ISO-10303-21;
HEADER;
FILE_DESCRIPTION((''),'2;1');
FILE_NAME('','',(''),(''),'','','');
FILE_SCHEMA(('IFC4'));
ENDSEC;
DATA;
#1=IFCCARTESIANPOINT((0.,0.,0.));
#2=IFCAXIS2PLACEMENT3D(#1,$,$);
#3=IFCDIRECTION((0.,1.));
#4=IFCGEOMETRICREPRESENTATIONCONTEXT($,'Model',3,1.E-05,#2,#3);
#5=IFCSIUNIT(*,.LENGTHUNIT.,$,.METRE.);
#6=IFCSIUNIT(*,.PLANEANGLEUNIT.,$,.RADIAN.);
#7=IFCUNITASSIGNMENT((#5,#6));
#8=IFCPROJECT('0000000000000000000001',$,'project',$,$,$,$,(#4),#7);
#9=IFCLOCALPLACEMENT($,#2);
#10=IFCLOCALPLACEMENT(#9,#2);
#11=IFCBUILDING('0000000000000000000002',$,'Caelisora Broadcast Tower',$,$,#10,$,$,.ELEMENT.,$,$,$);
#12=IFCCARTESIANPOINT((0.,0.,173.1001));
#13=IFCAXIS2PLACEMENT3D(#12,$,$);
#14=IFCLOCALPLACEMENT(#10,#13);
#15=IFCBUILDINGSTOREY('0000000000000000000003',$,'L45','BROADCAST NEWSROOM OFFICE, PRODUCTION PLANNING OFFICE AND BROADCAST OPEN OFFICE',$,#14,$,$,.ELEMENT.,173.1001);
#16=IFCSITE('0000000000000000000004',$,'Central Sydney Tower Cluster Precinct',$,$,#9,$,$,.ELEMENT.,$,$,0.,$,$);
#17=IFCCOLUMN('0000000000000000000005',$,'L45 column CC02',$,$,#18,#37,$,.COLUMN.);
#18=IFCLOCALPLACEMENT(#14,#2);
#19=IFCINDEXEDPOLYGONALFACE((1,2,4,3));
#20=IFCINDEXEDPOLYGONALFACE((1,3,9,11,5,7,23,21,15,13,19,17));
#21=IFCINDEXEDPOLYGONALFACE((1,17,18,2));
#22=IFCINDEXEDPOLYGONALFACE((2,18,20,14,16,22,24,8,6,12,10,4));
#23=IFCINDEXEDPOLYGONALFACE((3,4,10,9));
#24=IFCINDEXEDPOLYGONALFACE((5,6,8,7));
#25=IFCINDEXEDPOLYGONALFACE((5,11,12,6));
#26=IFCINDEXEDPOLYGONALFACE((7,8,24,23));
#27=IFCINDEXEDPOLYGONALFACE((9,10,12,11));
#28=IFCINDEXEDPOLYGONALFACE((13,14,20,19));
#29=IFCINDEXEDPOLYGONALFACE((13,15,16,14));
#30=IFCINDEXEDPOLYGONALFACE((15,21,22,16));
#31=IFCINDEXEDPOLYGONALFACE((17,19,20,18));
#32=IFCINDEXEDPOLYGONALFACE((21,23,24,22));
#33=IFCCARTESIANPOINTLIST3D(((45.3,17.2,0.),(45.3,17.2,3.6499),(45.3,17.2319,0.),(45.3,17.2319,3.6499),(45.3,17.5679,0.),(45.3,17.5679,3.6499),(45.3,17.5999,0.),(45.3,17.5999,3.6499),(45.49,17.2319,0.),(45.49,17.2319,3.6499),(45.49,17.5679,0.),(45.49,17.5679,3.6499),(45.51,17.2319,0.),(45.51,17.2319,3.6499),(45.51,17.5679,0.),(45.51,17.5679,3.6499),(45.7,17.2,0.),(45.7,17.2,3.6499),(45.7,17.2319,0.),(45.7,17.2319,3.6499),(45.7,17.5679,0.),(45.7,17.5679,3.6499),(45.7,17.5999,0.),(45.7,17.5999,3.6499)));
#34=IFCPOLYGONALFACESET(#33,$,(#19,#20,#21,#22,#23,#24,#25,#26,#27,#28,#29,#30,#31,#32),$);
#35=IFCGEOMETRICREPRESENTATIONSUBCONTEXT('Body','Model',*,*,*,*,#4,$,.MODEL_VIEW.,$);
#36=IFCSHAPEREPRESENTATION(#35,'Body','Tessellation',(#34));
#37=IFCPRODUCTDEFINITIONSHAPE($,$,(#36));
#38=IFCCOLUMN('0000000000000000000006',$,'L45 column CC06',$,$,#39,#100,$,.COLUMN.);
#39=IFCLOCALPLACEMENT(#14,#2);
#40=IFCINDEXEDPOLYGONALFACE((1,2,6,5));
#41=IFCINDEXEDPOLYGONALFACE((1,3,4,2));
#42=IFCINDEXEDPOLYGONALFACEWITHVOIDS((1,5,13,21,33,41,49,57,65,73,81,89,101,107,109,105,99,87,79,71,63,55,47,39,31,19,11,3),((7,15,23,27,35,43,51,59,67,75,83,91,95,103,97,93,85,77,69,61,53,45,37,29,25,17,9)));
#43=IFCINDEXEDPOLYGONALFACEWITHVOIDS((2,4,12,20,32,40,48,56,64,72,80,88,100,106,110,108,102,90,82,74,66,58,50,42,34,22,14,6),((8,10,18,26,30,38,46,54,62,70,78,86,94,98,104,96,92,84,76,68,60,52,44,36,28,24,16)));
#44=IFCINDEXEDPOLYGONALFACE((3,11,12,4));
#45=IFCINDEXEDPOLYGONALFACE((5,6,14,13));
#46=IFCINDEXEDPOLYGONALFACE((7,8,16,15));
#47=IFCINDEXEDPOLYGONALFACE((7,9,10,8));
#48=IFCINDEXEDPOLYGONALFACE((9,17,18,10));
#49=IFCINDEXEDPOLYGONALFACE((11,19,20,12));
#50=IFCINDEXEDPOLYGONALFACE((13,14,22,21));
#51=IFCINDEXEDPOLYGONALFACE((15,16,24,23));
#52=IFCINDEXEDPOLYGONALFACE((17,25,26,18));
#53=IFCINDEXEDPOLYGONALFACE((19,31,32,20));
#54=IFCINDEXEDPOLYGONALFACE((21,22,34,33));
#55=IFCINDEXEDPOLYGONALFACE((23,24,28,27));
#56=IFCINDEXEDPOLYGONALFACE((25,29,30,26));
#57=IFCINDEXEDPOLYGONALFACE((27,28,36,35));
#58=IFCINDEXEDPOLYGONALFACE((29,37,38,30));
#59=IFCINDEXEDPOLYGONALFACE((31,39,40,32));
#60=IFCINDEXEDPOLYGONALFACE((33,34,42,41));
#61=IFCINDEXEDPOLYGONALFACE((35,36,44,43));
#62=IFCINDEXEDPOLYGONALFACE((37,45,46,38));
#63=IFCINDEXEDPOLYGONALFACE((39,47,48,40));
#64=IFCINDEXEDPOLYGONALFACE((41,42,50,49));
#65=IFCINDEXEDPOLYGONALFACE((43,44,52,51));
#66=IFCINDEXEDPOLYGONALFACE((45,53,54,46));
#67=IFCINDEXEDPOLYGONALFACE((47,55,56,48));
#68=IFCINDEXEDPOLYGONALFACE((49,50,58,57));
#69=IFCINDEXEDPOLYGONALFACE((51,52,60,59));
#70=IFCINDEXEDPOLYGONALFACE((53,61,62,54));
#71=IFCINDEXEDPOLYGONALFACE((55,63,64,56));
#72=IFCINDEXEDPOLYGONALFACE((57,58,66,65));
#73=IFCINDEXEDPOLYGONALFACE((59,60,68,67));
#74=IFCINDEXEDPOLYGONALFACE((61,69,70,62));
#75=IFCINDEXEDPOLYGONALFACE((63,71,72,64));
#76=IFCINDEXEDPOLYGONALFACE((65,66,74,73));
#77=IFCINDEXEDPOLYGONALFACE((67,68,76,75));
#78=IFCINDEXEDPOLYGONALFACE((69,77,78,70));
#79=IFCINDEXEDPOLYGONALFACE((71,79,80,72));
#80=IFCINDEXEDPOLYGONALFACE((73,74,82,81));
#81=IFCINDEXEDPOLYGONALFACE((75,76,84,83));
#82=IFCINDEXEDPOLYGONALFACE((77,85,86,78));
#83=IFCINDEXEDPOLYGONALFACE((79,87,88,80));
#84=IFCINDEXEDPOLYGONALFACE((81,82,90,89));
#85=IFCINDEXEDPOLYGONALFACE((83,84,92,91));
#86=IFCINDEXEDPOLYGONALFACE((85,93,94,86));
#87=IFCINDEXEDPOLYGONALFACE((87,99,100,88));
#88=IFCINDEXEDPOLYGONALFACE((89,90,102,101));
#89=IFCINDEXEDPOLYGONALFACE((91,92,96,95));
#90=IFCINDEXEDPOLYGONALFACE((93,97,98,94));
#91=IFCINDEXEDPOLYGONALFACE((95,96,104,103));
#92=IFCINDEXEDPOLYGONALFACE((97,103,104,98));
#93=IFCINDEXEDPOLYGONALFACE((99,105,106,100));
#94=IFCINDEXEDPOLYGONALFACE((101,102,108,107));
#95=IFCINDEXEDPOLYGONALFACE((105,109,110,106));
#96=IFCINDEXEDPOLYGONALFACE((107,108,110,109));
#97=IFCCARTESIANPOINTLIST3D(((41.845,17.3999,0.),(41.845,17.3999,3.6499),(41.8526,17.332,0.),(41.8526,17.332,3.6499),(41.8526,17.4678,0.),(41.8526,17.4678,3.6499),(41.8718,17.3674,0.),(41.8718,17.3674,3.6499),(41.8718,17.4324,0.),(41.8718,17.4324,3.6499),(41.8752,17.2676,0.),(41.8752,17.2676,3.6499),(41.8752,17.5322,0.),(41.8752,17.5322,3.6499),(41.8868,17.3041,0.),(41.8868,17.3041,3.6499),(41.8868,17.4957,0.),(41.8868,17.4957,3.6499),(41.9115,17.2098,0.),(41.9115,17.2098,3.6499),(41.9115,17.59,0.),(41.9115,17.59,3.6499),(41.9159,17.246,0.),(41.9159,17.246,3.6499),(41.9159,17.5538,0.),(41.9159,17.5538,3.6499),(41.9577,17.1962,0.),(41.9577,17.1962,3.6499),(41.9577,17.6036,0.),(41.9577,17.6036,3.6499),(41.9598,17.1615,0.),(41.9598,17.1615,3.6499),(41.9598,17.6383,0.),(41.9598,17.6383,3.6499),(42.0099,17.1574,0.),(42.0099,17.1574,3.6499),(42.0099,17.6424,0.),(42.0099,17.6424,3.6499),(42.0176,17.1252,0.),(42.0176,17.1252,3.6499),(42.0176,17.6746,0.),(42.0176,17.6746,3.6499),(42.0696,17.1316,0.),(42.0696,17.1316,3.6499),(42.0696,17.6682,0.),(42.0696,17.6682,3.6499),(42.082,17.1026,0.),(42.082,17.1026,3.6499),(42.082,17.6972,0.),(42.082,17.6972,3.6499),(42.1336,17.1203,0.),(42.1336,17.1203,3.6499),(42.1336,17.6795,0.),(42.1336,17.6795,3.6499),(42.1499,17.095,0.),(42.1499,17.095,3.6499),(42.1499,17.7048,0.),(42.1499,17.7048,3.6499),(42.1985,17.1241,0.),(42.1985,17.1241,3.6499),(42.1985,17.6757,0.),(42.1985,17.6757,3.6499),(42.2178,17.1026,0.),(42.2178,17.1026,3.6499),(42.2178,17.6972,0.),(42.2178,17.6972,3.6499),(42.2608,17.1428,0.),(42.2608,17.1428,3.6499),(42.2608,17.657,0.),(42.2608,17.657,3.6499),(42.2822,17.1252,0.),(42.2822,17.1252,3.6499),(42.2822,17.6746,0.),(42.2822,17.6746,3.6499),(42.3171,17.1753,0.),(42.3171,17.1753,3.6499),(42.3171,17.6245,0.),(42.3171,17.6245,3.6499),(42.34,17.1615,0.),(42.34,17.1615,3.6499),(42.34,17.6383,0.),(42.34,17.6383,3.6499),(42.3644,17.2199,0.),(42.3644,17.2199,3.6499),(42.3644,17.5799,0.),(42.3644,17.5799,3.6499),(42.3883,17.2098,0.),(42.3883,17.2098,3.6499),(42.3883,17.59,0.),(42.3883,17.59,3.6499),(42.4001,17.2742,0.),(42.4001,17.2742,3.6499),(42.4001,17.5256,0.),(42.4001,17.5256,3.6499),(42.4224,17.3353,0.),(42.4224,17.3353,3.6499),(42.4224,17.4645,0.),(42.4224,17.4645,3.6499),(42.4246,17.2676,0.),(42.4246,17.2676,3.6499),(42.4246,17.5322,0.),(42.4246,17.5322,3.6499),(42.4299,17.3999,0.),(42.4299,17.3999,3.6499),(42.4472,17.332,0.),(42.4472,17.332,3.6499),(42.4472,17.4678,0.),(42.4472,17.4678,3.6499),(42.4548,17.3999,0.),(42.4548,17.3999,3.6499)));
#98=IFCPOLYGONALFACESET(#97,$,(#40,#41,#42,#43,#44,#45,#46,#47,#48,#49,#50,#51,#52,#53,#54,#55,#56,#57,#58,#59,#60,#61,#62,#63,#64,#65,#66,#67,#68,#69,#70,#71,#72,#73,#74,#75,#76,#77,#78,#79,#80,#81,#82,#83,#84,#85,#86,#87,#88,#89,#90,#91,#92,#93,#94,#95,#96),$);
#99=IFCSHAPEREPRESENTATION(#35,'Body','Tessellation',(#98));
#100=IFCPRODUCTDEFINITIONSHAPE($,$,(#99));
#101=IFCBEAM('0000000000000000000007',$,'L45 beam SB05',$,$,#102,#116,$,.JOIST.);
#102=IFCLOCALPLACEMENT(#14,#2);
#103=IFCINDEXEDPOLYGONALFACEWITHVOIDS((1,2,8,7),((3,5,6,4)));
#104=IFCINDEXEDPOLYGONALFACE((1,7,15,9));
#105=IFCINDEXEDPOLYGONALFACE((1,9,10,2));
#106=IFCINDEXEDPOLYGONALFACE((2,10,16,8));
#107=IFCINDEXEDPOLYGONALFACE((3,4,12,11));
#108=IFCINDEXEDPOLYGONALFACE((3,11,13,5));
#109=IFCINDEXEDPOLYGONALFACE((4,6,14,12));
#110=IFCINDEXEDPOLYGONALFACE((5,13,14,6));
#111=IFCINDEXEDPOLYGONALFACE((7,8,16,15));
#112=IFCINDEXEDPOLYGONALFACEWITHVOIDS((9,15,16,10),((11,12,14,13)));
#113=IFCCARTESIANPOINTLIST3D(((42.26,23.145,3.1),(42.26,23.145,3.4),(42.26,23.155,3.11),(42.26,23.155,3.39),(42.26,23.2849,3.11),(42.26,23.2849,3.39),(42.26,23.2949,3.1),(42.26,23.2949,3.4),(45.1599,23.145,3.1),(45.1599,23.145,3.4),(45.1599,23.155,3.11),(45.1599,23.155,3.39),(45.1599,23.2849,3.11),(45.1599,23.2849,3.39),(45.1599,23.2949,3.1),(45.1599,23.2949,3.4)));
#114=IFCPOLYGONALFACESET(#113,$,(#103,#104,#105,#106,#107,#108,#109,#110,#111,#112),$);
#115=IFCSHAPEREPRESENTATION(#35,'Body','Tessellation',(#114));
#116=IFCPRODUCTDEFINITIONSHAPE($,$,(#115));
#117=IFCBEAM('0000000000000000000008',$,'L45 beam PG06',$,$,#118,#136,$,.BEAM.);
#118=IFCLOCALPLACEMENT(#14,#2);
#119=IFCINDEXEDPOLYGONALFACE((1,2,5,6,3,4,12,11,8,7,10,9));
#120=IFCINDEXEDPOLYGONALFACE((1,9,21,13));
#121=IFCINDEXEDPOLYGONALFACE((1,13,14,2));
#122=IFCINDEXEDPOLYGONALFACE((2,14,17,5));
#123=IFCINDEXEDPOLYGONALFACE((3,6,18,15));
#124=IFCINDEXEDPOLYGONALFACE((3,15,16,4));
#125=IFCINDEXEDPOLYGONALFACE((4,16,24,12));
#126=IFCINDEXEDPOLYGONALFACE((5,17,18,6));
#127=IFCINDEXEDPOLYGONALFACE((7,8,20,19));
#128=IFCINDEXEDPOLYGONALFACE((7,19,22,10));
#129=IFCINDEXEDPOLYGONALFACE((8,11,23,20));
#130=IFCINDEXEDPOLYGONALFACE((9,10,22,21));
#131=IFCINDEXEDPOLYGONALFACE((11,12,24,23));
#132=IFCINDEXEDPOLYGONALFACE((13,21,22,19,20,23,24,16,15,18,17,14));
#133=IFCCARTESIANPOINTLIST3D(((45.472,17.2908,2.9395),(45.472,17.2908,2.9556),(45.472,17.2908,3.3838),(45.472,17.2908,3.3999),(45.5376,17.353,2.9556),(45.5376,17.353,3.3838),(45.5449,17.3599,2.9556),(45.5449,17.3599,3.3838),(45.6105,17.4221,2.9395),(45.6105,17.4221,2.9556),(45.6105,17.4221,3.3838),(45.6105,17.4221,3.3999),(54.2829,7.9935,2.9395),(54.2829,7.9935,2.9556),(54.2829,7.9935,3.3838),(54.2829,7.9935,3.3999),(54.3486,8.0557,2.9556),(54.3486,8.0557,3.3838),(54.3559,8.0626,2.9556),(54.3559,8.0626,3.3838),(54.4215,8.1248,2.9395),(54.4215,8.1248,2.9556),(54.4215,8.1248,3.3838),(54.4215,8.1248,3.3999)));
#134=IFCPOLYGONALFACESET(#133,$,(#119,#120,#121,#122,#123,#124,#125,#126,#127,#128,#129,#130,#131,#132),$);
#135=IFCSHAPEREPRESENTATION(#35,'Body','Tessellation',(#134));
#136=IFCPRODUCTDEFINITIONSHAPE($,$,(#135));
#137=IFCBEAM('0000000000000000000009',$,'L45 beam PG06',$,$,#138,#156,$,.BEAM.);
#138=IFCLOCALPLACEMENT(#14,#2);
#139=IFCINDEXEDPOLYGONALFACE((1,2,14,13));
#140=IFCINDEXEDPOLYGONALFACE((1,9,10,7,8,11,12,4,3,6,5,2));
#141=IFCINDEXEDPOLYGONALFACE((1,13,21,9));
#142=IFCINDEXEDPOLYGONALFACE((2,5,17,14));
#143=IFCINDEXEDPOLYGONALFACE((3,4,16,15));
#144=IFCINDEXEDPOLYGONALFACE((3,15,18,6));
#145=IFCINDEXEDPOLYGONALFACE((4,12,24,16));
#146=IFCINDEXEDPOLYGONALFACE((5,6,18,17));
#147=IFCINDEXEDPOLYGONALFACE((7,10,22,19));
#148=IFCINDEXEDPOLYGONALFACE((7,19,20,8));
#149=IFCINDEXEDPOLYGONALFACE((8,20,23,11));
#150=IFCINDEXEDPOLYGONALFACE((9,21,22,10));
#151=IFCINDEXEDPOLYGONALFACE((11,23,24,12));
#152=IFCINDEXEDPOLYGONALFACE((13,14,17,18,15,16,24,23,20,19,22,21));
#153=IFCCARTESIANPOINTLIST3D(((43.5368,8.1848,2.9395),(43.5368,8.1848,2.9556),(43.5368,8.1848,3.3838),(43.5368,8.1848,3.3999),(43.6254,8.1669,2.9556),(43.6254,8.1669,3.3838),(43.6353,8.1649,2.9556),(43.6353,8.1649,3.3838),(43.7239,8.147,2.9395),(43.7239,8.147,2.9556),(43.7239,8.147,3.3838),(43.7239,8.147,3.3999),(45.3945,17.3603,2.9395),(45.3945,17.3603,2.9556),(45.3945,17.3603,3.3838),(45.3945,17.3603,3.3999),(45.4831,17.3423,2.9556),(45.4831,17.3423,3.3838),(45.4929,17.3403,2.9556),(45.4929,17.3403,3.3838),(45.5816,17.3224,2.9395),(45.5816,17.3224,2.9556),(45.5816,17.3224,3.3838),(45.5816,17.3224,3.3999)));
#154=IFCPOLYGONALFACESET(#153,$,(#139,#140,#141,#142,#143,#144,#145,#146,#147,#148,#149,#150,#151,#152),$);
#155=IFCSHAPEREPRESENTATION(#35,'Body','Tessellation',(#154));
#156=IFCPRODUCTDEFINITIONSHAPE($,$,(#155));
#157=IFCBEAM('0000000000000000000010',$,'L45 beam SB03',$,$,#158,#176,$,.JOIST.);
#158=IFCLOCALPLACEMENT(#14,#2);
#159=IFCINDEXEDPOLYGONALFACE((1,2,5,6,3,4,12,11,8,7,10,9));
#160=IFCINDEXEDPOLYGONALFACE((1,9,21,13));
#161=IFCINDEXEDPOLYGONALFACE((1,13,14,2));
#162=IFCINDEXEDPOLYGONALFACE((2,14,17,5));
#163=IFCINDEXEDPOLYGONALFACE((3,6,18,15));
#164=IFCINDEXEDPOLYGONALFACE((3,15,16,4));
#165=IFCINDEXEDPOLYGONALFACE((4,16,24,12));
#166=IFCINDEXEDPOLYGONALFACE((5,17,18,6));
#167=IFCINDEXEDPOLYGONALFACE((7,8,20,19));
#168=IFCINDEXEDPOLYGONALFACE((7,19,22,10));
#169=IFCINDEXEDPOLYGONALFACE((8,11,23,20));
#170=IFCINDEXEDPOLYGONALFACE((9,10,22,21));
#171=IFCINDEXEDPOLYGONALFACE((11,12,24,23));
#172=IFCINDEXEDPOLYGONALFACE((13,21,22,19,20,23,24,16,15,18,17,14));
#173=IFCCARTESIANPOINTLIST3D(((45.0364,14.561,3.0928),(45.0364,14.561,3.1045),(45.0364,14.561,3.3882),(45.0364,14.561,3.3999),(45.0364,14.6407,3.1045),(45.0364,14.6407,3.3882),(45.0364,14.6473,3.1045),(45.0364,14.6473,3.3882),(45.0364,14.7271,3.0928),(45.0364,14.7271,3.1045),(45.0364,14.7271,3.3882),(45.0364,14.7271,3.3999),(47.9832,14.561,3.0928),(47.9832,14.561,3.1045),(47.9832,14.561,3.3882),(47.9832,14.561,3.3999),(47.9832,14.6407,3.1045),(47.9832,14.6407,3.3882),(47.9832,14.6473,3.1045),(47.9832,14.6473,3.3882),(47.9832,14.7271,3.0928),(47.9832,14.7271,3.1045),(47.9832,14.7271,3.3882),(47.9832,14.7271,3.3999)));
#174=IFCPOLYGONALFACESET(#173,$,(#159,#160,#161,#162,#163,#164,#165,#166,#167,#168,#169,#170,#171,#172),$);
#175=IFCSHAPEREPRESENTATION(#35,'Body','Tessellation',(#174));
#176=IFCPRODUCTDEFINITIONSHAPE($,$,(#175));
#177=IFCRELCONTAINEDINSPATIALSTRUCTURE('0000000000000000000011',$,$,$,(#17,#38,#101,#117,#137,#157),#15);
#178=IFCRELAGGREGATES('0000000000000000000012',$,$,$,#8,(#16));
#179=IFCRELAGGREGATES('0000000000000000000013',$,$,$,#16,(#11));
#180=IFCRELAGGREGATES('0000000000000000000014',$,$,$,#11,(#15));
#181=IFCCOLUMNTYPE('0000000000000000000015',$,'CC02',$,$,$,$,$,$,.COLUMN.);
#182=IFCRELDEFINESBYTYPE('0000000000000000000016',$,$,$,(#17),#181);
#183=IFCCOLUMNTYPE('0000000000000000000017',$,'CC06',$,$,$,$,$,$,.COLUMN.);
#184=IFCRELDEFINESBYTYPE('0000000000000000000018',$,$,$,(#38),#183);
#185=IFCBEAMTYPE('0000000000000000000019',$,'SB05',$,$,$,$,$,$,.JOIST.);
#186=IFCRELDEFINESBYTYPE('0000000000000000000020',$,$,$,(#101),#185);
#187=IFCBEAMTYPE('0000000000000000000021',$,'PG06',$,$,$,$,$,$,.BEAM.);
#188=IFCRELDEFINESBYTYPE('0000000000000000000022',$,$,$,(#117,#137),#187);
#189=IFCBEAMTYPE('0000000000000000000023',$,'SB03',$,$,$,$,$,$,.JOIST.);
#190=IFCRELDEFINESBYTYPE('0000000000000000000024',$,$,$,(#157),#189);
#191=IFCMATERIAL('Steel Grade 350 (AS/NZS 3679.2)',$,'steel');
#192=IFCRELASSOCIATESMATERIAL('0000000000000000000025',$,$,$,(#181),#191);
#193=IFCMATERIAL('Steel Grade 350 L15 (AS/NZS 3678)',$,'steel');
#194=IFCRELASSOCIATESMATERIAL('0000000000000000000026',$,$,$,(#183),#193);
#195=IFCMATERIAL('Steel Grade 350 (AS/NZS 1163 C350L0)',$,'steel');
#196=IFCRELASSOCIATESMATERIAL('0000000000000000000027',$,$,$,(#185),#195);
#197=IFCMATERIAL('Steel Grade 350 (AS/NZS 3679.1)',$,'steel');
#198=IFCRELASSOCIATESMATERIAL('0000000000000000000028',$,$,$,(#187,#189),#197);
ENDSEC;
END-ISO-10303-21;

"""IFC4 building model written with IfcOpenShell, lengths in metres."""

from ifc_helpers import new_model, si_unit, direction, frame, origin, origin_2d, place, context, subcontext, project, spatial, hollow_rectangle, hollow_circle, i_section, extrude, source, transform, mapped, material, material_profile, profile_set, type_object, type_shapes, element, save


model = new_model("IFC4")

# Units and contexts
model_context = context("Model", 3, precision=1e-05, world=origin(), true_north=direction((0.0, 1.0)))
body_context = subcontext(model_context, "Body", "Model", "MODEL_VIEW")
ifc_project = project(units=[si_unit("LENGTHUNIT", "METRE"), si_unit("PLANEANGLEUNIT", "RADIAN")], contexts=[model_context])

# Site, building, storey
site_placement = place(None, origin())
site = spatial("IfcSite", under=ifc_project, at=site_placement, Name="Central Sydney Tower Cluster Precinct", CompositionType="ELEMENT", RefElevation=0.0)
building_placement = place(site_placement, origin())
building = spatial("IfcBuilding", under=site, at=building_placement, Name="Caelisora Broadcast Tower", CompositionType="ELEMENT")
storey_placement = place(building_placement, frame((0.0, 0.0, 173.1001)))
storey = spatial("IfcBuildingStorey", under=building, at=storey_placement, Name="L45", Description="BROADCAST NEWSROOM OFFICE, PRODUCTION PLANNING OFFICE AND BROADCAST OPEN OFFICE", CompositionType="ELEMENT", Elevation=173.1001)

# Columns
ifc_material_1 = material(Name="Steel Grade 350 (AS/NZS 3679.2)", Category="steel")
ifc_material_profile_1 = material_profile(ifc_material_1, i_section(OverallWidth=0.3999, OverallDepth=0.3999, WebThickness=0.02, FlangeThickness=0.032, at=origin_2d()), Name="Steel Grade 350 (AS/NZS 3679.2)")
ifc_profile_set_1 = profile_set([ifc_material_profile_1], Name="Steel Grade 350 (AS/NZS 3679.2)")
column_type_1 = type_object("IfcColumnType", Name="CC02", PredefinedType="COLUMN", material=ifc_profile_set_1)
shared_shape_1 = source(origin(), body_context, "Body", "SweptSolid", [
    extrude(i_section(OverallWidth=0.3999, OverallDepth=0.3999, WebThickness=0.02, FlangeThickness=0.032, at=origin_2d()), origin(), (0.0, 0.0, 1.0), 3.6499),
])
type_shapes(column_type_1, [shared_shape_1])
column_1_placement = place(storey_placement, frame((45.5, 17.3999, 0.0), z_axis=(0.0, 0.0, 1.0), x_axis=(1.0, 0.0, 0.0)))
element("IfcColumn", 1, at=column_1_placement, inside=storey, type_object=column_type_1, Name="L45 column CC02", PredefinedType="COLUMN", context=body_context, shape_type="MappedRepresentation", body=[
    mapped(shared_shape_1, transform((0.0, 0.0, 0.0), scale=1.0)),
])
ifc_material_2 = material(Name="Steel Grade 350 L15 (AS/NZS 3678)", Category="steel")
ifc_material_profile_2 = material_profile(ifc_material_2, hollow_circle(Radius=0.3049, WallThickness=0.0249, at=origin_2d()), Name="Steel Grade 350 L15 (AS/NZS 3678)")
ifc_profile_set_2 = profile_set([ifc_material_profile_2], Name="Steel Grade 350 L15 (AS/NZS 3678)")
column_type_2 = type_object("IfcColumnType", Name="CC06", PredefinedType="COLUMN", material=ifc_profile_set_2)
shared_shape_2 = source(origin(), body_context, "Body", "SweptSolid", [
    extrude(hollow_circle(Radius=0.3049, WallThickness=0.0249, at=origin_2d()), origin(), (0.0, 0.0, 1.0), 3.6499),
])
type_shapes(column_type_2, [shared_shape_2])
column_2_placement = place(storey_placement, frame((42.1499, 17.3999, 0.0), z_axis=(0.0, 0.0, 1.0), x_axis=(1.0, 0.0, 0.0)))
element("IfcColumn", 2, at=column_2_placement, inside=storey, type_object=column_type_2, Name="L45 column CC06", PredefinedType="COLUMN", context=body_context, shape_type="MappedRepresentation", body=[
    mapped(shared_shape_2, transform((0.0, 0.0, 0.0), scale=1.0)),
])

# Beams
ifc_material_3 = material(Name="Steel Grade 350 (AS/NZS 1163 C350L0)", Category="steel")
ifc_material_profile_3 = material_profile(ifc_material_3, hollow_rectangle(XDim=0.1499, YDim=0.3, WallThickness=0.01, at=origin_2d()), Name="Steel Grade 350 (AS/NZS 1163 C350L0)")
ifc_profile_set_3 = profile_set([ifc_material_profile_3], Name="Steel Grade 350 (AS/NZS 1163 C350L0)")
beam_type_1 = type_object("IfcBeamType", Name="SB05", PredefinedType="JOIST", material=ifc_profile_set_3)
shared_shape_3 = source(origin(), body_context, "Body", "SweptSolid", [
    extrude(hollow_rectangle(XDim=0.1499, YDim=0.3, WallThickness=0.01, at=origin_2d()), origin(), (0.0, 0.0, 1.0), 2.8999),
])
type_shapes(beam_type_1, [shared_shape_3])
beam_1_placement = place(storey_placement, frame((42.26, 23.22, 3.25), z_axis=(1.0, 0.0, 0.0), x_axis=(0.0, 1.0, 0.0)))
element("IfcBeam", 3, at=beam_1_placement, inside=storey, type_object=beam_type_1, Name="L45 beam SB05", PredefinedType="JOIST", context=body_context, shape_type="MappedRepresentation", body=[
    mapped(shared_shape_3, transform((0.0, 0.0, 0.0), scale=1.0)),
])
ifc_material_4 = material(Name="Steel Grade 350 (AS/NZS 3679.1)", Category="steel")
ifc_material_profile_4 = material_profile(ifc_material_4, i_section(OverallWidth=0.1909, OverallDepth=0.4604, WebThickness=0.01, FlangeThickness=0.0161, at=origin_2d()), Name="Steel Grade 350 (AS/NZS 3679.1)")
ifc_profile_set_4 = profile_set([ifc_material_profile_4], Name="Steel Grade 350 (AS/NZS 3679.1)")
beam_type_2 = type_object("IfcBeamType", Name="PG06", PredefinedType="BEAM", material=ifc_profile_set_4)
shared_shape_4 = source(origin(), body_context, "Body", "SweptSolid", [
    extrude(i_section(OverallWidth=0.1909, OverallDepth=0.4604, WebThickness=0.01, FlangeThickness=0.0161, at=origin_2d()), origin(), (0.0, 0.0, 1.0), 12.8091),
])
beam_2_placement = place(storey_placement, frame((45.5413, 17.3564, 3.1697), z_axis=(0.687868, -0.725835, 0.0), x_axis=(0.725835, 0.687868, 0.0)))
element("IfcBeam", 4, at=beam_2_placement, inside=storey, type_object=beam_type_2, Name="L45 beam PG06", PredefinedType="BEAM", context=body_context, shape_type="MappedRepresentation", body=[
    mapped(shared_shape_4, transform((0.0, 0.0, 0.0), scale=1.0)),
])
shared_shape_5 = source(origin(), body_context, "Body", "SweptSolid", [
    extrude(i_section(OverallWidth=0.1909, OverallDepth=0.4604, WebThickness=0.01, FlangeThickness=0.0161, at=origin_2d()), origin(), (0.0, 0.0, 1.0), 9.3616),
])
type_shapes(beam_type_2, [shared_shape_4, shared_shape_5])
beam_3_placement = place(storey_placement, frame((45.488, 17.3413, 3.1697), z_axis=(-0.198438, -0.980114, 0.0), x_axis=(0.980114, -0.198438, 0.0)))
element("IfcBeam", 5, at=beam_3_placement, inside=storey, type_object=beam_type_2, Name="L45 beam PG06", PredefinedType="BEAM", context=body_context, shape_type="MappedRepresentation", body=[
    mapped(shared_shape_5, transform((0.0, 0.0, 0.0), scale=1.0)),
])
ifc_material_profile_5 = material_profile(ifc_material_4, i_section(OverallWidth=0.166, OverallDepth=0.3071, WebThickness=0.0066, FlangeThickness=0.0117, at=origin_2d()), Name="Steel Grade 350 (AS/NZS 3679.1)")
ifc_profile_set_5 = profile_set([ifc_material_profile_5], Name="Steel Grade 350 (AS/NZS 3679.1)")
beam_type_3 = type_object("IfcBeamType", Name="SB03", PredefinedType="JOIST", material=ifc_profile_set_5)
shared_shape_6 = source(origin(), body_context, "Body", "SweptSolid", [
    extrude(i_section(OverallWidth=0.166, OverallDepth=0.3071, WebThickness=0.0066, FlangeThickness=0.0117, at=origin_2d()), origin(), (0.0, 0.0, 1.0), 2.9468),
])
type_shapes(beam_type_3, [shared_shape_6])
beam_4_placement = place(storey_placement, frame((45.0364, 14.644, 3.2463), z_axis=(1.0, 0.0, 0.0), x_axis=(0.0, 1.0, 0.0)))
element("IfcBeam", 6, at=beam_4_placement, inside=storey, type_object=beam_type_3, Name="L45 beam SB03", PredefinedType="JOIST", context=body_context, shape_type="MappedRepresentation", body=[
    mapped(shared_shape_6, transform((0.0, 0.0, 0.0), scale=1.0)),
])

save(model, "model.ifc")
